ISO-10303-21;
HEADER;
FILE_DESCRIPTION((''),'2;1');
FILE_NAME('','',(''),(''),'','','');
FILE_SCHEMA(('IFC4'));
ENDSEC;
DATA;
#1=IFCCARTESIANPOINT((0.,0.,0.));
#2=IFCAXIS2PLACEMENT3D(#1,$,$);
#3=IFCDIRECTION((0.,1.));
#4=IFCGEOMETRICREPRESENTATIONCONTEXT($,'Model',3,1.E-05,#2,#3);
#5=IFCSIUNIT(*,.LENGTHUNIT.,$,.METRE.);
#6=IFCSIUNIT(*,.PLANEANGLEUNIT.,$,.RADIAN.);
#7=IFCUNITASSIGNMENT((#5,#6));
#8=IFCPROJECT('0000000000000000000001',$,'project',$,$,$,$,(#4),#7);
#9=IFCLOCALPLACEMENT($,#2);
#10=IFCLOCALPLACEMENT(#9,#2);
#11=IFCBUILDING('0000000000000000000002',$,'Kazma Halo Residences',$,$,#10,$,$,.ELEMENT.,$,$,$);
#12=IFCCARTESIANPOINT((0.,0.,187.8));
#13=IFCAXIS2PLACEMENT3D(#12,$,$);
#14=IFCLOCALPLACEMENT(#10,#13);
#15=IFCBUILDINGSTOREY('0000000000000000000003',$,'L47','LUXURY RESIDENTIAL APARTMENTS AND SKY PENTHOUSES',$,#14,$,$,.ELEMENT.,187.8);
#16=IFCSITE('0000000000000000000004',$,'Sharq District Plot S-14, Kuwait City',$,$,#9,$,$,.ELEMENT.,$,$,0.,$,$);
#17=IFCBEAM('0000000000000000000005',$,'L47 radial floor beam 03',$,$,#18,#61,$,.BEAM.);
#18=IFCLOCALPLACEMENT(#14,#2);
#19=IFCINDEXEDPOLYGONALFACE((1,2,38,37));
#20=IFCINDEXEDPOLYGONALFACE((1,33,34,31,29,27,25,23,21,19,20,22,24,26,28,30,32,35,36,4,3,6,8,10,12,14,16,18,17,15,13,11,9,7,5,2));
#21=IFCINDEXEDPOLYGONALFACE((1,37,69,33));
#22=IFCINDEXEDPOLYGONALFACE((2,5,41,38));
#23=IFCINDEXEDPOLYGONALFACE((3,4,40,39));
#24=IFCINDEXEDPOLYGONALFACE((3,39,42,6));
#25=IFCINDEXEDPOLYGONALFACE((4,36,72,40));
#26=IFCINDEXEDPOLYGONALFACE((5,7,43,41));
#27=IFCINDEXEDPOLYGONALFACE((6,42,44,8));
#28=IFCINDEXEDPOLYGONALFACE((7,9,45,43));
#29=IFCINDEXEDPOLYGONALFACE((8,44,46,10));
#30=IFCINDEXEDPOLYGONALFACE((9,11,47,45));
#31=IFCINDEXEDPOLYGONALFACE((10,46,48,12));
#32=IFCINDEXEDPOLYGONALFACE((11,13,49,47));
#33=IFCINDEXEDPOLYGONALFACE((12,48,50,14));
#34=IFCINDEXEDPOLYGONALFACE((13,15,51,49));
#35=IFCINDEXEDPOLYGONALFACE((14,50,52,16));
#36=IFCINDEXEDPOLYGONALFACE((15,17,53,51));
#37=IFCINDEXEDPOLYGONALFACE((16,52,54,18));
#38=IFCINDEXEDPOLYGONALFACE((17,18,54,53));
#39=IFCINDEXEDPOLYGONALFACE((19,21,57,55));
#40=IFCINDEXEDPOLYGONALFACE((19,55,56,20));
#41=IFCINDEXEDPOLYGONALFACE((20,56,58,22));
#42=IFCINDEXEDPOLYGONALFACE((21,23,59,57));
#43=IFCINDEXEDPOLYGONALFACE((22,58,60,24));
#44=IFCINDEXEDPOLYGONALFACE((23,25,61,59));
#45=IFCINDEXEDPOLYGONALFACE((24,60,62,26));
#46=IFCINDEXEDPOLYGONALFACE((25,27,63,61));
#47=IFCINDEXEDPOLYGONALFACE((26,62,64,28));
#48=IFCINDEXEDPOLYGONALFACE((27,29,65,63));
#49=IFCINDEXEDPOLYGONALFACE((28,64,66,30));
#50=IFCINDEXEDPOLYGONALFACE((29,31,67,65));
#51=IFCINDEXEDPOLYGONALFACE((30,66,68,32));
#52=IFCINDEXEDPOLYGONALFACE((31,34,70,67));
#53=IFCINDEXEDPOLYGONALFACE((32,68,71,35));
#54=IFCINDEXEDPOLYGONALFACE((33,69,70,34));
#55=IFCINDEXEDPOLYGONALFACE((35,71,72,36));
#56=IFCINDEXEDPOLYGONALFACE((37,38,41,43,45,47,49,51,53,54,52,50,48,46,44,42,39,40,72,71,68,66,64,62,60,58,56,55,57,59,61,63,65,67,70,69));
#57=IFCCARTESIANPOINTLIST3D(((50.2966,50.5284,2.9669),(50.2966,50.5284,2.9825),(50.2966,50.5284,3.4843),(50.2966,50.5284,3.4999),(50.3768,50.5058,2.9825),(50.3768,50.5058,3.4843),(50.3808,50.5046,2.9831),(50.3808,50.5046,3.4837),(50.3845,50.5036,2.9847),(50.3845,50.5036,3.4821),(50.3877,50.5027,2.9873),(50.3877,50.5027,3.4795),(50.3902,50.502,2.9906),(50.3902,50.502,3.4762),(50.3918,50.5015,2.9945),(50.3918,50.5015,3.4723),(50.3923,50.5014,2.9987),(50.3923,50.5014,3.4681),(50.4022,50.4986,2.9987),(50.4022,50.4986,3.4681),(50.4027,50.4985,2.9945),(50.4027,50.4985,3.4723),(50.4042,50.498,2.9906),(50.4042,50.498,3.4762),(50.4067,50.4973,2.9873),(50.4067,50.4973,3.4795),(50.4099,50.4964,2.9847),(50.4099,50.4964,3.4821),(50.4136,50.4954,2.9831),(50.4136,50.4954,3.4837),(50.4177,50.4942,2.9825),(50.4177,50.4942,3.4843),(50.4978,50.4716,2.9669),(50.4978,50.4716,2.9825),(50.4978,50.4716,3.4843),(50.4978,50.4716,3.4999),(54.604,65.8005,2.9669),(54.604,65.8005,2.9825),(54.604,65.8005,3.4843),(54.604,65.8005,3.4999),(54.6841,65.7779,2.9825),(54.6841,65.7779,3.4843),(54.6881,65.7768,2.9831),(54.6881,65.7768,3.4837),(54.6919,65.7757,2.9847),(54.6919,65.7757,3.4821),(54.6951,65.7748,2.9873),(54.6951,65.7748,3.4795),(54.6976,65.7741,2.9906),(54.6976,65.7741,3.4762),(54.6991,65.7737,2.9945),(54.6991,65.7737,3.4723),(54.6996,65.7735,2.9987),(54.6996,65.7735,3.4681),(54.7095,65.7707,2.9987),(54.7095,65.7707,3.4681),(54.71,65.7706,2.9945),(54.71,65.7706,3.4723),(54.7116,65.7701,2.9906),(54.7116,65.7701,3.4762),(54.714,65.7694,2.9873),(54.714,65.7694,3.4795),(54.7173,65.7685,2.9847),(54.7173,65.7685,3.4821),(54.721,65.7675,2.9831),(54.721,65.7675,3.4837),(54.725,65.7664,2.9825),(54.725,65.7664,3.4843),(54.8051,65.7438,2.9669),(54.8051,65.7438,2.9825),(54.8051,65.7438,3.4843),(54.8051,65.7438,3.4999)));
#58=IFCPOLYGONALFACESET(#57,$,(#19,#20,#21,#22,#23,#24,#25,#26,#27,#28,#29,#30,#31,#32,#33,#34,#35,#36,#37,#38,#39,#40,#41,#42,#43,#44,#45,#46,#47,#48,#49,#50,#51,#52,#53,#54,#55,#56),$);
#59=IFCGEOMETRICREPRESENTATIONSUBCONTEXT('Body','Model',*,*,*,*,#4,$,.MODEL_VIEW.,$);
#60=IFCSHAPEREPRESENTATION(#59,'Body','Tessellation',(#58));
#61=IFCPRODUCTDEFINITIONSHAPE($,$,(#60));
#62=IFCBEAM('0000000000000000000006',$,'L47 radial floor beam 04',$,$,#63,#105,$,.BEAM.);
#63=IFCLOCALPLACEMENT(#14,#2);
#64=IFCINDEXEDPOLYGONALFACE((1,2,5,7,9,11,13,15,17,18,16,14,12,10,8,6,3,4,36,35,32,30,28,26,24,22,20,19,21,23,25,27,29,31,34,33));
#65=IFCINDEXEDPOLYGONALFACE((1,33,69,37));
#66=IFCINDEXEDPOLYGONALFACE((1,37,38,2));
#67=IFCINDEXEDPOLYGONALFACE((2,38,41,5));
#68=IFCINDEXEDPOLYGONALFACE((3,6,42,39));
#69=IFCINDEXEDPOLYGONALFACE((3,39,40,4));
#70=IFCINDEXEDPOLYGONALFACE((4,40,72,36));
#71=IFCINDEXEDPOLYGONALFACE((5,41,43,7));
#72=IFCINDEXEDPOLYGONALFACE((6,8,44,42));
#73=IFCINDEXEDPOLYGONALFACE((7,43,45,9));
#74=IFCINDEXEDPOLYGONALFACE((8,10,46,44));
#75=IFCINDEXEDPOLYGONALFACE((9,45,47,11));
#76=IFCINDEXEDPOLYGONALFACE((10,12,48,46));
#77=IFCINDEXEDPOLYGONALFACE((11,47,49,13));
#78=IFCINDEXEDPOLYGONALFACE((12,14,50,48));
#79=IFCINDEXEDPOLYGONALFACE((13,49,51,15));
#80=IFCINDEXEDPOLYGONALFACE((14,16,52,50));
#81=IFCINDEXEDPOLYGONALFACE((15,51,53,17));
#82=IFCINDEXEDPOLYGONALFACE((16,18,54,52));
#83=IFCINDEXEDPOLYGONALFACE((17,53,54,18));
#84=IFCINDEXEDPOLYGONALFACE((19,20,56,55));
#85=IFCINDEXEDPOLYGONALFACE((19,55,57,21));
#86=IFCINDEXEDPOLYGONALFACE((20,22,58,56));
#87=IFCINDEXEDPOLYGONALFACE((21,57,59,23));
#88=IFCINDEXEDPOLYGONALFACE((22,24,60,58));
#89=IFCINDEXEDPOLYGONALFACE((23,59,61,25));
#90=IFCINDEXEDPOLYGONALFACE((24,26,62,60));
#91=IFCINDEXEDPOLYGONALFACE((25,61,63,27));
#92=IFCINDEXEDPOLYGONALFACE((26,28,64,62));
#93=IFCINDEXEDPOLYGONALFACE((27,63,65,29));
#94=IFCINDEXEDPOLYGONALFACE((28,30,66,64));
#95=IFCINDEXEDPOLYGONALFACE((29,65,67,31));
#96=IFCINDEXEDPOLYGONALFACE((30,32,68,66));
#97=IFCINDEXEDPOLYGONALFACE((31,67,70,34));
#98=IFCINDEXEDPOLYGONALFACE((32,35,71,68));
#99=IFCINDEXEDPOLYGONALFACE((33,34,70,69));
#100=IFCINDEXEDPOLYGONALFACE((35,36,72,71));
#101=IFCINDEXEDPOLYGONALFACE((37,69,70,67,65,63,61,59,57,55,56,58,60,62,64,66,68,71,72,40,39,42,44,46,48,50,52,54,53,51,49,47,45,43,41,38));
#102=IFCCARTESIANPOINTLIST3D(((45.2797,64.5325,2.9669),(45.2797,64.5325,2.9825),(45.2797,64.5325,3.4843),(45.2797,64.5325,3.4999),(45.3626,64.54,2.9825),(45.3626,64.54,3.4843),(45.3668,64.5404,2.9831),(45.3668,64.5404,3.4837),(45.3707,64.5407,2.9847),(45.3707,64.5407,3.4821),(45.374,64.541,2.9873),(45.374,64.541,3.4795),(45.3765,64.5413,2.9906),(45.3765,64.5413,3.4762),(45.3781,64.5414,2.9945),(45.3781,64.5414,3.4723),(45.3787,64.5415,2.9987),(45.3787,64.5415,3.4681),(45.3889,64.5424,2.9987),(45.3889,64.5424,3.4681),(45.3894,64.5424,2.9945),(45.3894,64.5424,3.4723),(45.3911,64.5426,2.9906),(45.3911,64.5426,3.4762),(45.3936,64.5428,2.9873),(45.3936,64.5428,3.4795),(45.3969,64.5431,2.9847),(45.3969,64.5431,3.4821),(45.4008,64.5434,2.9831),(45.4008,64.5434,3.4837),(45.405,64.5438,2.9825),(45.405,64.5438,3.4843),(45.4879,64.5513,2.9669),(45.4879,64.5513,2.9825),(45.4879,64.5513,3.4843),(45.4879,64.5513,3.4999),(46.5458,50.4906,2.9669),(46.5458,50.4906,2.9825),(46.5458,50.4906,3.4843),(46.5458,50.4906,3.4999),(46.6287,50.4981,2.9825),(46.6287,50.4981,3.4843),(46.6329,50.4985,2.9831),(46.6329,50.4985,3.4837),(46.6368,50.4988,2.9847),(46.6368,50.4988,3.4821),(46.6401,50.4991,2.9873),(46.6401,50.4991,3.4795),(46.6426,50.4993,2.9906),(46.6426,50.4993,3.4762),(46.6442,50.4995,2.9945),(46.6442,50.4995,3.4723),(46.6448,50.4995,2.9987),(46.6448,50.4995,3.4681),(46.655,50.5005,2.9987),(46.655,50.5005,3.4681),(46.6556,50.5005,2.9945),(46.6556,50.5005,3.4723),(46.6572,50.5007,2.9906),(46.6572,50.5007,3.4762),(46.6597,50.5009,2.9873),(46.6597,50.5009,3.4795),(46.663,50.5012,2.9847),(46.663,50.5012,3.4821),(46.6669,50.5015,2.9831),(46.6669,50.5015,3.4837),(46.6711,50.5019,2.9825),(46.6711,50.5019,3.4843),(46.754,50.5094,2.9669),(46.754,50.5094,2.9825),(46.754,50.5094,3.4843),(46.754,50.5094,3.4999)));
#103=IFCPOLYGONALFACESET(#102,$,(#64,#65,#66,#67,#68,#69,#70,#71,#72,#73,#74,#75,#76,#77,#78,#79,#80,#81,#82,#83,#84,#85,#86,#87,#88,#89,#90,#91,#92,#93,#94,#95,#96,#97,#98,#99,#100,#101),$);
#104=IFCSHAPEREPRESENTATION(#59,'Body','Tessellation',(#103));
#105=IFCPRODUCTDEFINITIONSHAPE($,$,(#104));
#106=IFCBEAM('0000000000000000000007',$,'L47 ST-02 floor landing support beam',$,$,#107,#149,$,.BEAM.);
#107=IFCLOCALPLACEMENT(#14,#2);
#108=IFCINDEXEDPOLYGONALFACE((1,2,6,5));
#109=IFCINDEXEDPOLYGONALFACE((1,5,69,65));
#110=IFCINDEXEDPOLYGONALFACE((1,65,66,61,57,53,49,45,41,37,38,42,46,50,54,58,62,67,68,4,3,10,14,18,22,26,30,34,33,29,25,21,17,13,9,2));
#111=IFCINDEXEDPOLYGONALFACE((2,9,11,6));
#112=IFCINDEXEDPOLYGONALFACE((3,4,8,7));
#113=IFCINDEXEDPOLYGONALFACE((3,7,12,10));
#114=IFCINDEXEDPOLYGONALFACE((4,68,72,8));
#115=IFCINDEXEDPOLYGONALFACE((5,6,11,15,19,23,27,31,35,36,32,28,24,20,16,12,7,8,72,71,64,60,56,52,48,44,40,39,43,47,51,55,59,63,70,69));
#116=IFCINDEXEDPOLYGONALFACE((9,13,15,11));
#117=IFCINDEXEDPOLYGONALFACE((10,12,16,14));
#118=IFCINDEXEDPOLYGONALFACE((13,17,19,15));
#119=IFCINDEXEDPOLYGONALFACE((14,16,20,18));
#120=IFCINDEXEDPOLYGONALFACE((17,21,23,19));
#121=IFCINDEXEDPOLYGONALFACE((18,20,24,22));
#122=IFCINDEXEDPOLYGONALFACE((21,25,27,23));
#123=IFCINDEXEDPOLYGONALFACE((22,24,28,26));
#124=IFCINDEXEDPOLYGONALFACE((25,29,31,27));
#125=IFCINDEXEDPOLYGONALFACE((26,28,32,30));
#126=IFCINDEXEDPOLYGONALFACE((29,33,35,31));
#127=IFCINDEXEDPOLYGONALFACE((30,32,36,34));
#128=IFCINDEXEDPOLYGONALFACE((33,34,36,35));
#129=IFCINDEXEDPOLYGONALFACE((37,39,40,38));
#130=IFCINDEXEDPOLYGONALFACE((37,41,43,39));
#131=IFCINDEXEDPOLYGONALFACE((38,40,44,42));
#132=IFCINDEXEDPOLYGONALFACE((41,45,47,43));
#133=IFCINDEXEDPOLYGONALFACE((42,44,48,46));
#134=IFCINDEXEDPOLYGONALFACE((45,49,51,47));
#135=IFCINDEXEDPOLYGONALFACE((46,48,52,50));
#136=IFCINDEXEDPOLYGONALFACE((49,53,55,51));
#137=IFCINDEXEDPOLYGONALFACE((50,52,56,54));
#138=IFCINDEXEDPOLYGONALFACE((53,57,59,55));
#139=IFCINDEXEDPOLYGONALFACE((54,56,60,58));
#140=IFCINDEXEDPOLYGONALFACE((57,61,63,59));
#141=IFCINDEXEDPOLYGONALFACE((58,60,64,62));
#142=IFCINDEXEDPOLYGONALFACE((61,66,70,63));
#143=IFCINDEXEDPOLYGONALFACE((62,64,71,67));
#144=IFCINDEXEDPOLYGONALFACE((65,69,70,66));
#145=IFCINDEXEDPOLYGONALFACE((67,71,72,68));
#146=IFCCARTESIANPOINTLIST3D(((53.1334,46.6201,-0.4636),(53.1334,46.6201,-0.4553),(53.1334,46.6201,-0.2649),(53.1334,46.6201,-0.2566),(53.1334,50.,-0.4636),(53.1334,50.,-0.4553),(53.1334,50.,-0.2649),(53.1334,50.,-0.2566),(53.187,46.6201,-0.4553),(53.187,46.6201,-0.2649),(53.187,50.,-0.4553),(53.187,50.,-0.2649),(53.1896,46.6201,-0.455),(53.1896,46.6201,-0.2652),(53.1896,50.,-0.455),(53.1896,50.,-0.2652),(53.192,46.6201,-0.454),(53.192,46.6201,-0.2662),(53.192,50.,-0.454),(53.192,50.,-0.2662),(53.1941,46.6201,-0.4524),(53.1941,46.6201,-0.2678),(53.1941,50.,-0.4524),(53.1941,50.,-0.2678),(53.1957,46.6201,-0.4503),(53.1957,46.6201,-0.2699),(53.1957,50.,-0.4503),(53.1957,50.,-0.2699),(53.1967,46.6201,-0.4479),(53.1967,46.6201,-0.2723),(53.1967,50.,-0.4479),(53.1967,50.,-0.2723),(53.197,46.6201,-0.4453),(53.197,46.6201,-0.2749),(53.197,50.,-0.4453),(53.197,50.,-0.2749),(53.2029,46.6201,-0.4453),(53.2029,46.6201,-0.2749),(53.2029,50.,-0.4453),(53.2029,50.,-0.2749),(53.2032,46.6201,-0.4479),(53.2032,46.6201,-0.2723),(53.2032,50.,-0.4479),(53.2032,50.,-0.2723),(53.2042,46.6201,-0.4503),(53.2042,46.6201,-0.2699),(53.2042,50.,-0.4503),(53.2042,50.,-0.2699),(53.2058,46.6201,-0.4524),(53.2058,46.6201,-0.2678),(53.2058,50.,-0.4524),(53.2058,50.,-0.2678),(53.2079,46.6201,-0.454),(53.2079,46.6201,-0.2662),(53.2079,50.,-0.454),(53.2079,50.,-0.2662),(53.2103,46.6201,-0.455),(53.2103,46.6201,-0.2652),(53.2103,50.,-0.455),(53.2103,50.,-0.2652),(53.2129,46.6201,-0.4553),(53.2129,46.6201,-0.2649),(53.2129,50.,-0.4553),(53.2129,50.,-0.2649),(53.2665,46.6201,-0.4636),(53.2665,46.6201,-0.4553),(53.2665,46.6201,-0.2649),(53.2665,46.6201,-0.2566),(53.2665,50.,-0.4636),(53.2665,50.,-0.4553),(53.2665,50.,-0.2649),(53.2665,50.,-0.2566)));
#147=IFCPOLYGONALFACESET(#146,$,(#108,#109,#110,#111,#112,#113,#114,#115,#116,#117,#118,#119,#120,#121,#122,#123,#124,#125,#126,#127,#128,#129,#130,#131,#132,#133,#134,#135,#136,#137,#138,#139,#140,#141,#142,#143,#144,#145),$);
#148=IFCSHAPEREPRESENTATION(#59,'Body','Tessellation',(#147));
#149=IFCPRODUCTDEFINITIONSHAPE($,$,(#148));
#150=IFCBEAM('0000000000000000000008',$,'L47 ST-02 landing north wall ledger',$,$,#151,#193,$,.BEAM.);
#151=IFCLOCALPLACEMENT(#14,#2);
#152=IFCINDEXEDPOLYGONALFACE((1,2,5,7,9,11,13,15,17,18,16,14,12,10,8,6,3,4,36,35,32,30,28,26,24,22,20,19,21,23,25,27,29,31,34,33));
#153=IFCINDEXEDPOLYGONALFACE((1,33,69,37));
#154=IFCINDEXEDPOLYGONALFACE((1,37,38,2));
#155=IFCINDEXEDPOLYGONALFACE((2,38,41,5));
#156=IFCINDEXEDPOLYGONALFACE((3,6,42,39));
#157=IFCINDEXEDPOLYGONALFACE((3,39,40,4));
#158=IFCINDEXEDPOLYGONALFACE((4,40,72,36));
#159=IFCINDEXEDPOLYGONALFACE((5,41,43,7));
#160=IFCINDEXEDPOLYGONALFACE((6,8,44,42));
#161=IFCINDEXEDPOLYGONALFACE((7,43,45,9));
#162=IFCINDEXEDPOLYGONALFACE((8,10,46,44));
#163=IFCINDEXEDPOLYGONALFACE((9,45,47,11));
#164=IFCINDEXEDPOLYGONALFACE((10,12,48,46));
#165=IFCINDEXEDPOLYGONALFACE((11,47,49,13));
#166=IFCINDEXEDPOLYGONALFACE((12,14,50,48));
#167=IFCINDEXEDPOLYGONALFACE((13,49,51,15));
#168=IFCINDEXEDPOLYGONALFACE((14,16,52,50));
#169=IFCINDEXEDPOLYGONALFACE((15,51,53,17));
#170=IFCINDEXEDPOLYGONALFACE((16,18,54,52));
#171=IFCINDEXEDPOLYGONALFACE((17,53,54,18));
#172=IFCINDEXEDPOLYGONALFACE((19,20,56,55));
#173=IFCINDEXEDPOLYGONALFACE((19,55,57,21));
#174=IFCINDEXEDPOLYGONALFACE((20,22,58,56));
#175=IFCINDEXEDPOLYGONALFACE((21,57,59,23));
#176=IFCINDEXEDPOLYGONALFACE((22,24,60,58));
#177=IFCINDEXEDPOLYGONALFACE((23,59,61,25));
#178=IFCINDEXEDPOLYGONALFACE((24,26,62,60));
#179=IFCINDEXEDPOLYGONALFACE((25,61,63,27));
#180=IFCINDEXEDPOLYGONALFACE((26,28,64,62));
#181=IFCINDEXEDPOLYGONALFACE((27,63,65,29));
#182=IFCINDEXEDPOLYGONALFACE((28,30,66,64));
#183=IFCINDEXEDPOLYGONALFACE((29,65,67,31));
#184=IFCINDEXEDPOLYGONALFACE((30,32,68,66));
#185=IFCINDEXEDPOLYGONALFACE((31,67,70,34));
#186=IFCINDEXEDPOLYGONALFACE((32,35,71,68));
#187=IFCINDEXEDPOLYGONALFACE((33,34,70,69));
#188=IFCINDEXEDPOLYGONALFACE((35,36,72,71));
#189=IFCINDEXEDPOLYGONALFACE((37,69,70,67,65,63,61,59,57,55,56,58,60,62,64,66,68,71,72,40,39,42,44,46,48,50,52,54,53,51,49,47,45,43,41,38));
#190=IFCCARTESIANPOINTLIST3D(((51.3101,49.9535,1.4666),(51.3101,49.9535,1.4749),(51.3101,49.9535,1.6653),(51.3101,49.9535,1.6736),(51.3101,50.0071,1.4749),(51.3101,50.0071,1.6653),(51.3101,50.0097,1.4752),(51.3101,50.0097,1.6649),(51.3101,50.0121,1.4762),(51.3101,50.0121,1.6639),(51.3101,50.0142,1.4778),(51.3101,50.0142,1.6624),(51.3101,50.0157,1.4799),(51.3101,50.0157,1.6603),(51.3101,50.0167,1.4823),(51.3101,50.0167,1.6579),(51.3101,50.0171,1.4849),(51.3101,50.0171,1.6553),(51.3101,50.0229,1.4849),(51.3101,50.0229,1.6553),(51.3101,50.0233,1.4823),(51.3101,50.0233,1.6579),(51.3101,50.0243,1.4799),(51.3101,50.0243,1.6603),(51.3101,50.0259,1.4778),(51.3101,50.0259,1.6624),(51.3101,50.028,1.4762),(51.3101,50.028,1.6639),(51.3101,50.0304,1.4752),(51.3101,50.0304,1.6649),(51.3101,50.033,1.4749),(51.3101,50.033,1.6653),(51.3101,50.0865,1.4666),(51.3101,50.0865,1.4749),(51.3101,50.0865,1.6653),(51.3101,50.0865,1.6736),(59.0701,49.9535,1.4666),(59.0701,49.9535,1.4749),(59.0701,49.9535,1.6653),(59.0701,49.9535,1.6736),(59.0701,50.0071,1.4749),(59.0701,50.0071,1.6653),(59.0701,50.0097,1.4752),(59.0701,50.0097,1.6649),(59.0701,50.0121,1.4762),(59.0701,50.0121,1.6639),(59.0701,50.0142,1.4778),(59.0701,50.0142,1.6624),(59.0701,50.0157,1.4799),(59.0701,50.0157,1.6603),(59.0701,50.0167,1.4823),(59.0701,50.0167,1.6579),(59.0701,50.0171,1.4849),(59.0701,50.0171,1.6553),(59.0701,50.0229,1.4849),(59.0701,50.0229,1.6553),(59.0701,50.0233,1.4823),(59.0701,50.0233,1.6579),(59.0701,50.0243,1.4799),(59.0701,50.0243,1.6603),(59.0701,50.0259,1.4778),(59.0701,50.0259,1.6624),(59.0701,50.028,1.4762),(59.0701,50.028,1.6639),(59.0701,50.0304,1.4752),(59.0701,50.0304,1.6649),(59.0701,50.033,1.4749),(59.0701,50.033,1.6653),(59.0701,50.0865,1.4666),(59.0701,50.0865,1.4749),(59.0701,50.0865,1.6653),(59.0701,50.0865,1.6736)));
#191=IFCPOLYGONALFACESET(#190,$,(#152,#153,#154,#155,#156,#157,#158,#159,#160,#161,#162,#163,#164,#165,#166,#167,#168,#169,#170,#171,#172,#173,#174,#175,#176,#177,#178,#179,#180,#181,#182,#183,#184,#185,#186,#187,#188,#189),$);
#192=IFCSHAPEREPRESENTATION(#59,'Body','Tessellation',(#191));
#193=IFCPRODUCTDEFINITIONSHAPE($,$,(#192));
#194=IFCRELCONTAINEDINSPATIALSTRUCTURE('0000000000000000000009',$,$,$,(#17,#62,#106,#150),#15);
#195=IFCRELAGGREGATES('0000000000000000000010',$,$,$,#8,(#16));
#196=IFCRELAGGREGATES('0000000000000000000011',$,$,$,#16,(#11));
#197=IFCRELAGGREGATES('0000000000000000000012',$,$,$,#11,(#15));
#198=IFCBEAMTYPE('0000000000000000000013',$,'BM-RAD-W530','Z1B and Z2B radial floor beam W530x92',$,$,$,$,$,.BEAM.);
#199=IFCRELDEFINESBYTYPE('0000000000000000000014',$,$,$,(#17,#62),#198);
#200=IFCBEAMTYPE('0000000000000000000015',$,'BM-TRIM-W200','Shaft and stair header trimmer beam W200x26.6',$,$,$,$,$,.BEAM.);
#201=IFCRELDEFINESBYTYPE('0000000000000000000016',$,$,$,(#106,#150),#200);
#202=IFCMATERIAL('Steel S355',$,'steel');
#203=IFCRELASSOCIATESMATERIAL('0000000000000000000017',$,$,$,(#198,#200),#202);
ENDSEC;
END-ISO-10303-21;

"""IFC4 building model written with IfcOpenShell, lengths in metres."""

from ifc_helpers import new_model, si_unit, direction, frame, origin, origin_2d, place, context, subcontext, project, spatial, i_section, extrude, material, material_profile, profile_set, type_object, element, save


model = new_model("IFC4")

# Units and contexts
model_context = context("Model", 3, precision=1e-05, world=origin(), true_north=direction((0.0, 1.0)))
body_context = subcontext(model_context, "Body", "Model", "MODEL_VIEW")
ifc_project = project(units=[si_unit("LENGTHUNIT", "METRE"), si_unit("PLANEANGLEUNIT", "RADIAN")], contexts=[model_context])

# Site, building, storey
site_placement = place(None, origin())
site = spatial("IfcSite", under=ifc_project, at=site_placement, Name="Sharq District Plot S-14, Kuwait City", CompositionType="ELEMENT", RefElevation=0.0)
building_placement = place(site_placement, origin())
building = spatial("IfcBuilding", under=site, at=building_placement, Name="Kazma Halo Residences", CompositionType="ELEMENT")
storey_placement = place(building_placement, frame((0.0, 0.0, 187.8)))
storey = spatial("IfcBuildingStorey", under=building, at=storey_placement, Name="L47", Description="LUXURY RESIDENTIAL APARTMENTS AND SKY PENTHOUSES", CompositionType="ELEMENT", Elevation=187.8)

# Shared definitions
ifc_material_1 = material(Name="Steel S355", Category="steel")

# Beams
ifc_material_profile_1 = material_profile(ifc_material_1, i_section(OverallWidth=0.209, OverallDepth=0.533, WebThickness=0.0103, FlangeThickness=0.0156, FilletRadius=0.0161, at=origin_2d()), Name="W530x92")
ifc_profile_set_1 = profile_set([ifc_material_profile_1], Name="Steel S355")
beam_type_1 = type_object("IfcBeamType", Name="BM-RAD-W530", Description="Z1B and Z2B radial floor beam W530x92", PredefinedType="BEAM", material=ifc_profile_set_1)
beam_1_placement = place(storey_placement, frame((50.3972, 50.5, 3.2334), z_axis=(0.27145, 0.962453, 0.0), x_axis=(-0.962453, 0.27145, 0.0)))
element("IfcBeam", 1, at=beam_1_placement, inside=storey, type_object=beam_type_1, Name="L47 radial floor beam 03", PredefinedType="BEAM", context=body_context, shape_type="SweptSolid", body=[
    extrude(i_section(OverallWidth=0.209, OverallDepth=0.533, WebThickness=0.0103, FlangeThickness=0.0156, FilletRadius=0.0161, at=origin_2d()), origin(), (0.0, 0.0, 1.0), 15.8679),
])
beam_2_placement = place(storey_placement, frame((46.6499, 50.5, 3.2334), z_axis=(-0.089802, 0.99596, 0.0), x_axis=(-0.99596, -0.089802, 0.0)))
element("IfcBeam", 2, at=beam_2_placement, inside=storey, type_object=beam_type_1, Name="L47 radial floor beam 04", PredefinedType="BEAM", context=body_context, shape_type="SweptSolid", body=[
    extrude(i_section(OverallWidth=0.209, OverallDepth=0.533, WebThickness=0.0103, FlangeThickness=0.0156, FilletRadius=0.0161, at=origin_2d()), origin(), (0.0, 0.0, 1.0), 14.0989),
])
ifc_material_profile_2 = material_profile(ifc_material_1, i_section(OverallWidth=0.1331, OverallDepth=0.207, WebThickness=0.0059, FlangeThickness=0.0083, FilletRadius=0.01, at=origin_2d()), Name="W200x26.6")
ifc_profile_set_2 = profile_set([ifc_material_profile_2], Name="Steel S355")
beam_type_2 = type_object("IfcBeamType", Name="BM-TRIM-W200", Description="Shaft and stair header trimmer beam W200x26.6", PredefinedType="BEAM", material=ifc_profile_set_2)
beam_3_placement = place(storey_placement, frame((53.2, 46.6201, -0.3601), z_axis=(0.0, 1.0, 0.0), x_axis=(-1.0, 0.0, 0.0)))
element("IfcBeam", 3, at=beam_3_placement, inside=storey, type_object=beam_type_2, Name="L47 ST-02 floor landing support beam", PredefinedType="BEAM", context=body_context, shape_type="SweptSolid", body=[
    extrude(i_section(OverallWidth=0.1331, OverallDepth=0.207, WebThickness=0.0059, FlangeThickness=0.0083, FilletRadius=0.01, at=origin_2d()), origin(), (0.0, 0.0, 1.0), 3.3799),
])
beam_4_placement = place(storey_placement, frame((51.3101, 50.02, 1.5701), z_axis=(1.0, 0.0, 0.0), x_axis=(0.0, 1.0, 0.0)))
element("IfcBeam", 4, at=beam_4_placement, inside=storey, type_object=beam_type_2, Name="L47 ST-02 landing north wall ledger", PredefinedType="BEAM", context=body_context, shape_type="SweptSolid", body=[
    extrude(i_section(OverallWidth=0.1331, OverallDepth=0.207, WebThickness=0.0059, FlangeThickness=0.0083, FilletRadius=0.01, at=origin_2d()), origin(), (0.0, 0.0, 1.0), 7.76),
])

save(model, "model.ifc")
